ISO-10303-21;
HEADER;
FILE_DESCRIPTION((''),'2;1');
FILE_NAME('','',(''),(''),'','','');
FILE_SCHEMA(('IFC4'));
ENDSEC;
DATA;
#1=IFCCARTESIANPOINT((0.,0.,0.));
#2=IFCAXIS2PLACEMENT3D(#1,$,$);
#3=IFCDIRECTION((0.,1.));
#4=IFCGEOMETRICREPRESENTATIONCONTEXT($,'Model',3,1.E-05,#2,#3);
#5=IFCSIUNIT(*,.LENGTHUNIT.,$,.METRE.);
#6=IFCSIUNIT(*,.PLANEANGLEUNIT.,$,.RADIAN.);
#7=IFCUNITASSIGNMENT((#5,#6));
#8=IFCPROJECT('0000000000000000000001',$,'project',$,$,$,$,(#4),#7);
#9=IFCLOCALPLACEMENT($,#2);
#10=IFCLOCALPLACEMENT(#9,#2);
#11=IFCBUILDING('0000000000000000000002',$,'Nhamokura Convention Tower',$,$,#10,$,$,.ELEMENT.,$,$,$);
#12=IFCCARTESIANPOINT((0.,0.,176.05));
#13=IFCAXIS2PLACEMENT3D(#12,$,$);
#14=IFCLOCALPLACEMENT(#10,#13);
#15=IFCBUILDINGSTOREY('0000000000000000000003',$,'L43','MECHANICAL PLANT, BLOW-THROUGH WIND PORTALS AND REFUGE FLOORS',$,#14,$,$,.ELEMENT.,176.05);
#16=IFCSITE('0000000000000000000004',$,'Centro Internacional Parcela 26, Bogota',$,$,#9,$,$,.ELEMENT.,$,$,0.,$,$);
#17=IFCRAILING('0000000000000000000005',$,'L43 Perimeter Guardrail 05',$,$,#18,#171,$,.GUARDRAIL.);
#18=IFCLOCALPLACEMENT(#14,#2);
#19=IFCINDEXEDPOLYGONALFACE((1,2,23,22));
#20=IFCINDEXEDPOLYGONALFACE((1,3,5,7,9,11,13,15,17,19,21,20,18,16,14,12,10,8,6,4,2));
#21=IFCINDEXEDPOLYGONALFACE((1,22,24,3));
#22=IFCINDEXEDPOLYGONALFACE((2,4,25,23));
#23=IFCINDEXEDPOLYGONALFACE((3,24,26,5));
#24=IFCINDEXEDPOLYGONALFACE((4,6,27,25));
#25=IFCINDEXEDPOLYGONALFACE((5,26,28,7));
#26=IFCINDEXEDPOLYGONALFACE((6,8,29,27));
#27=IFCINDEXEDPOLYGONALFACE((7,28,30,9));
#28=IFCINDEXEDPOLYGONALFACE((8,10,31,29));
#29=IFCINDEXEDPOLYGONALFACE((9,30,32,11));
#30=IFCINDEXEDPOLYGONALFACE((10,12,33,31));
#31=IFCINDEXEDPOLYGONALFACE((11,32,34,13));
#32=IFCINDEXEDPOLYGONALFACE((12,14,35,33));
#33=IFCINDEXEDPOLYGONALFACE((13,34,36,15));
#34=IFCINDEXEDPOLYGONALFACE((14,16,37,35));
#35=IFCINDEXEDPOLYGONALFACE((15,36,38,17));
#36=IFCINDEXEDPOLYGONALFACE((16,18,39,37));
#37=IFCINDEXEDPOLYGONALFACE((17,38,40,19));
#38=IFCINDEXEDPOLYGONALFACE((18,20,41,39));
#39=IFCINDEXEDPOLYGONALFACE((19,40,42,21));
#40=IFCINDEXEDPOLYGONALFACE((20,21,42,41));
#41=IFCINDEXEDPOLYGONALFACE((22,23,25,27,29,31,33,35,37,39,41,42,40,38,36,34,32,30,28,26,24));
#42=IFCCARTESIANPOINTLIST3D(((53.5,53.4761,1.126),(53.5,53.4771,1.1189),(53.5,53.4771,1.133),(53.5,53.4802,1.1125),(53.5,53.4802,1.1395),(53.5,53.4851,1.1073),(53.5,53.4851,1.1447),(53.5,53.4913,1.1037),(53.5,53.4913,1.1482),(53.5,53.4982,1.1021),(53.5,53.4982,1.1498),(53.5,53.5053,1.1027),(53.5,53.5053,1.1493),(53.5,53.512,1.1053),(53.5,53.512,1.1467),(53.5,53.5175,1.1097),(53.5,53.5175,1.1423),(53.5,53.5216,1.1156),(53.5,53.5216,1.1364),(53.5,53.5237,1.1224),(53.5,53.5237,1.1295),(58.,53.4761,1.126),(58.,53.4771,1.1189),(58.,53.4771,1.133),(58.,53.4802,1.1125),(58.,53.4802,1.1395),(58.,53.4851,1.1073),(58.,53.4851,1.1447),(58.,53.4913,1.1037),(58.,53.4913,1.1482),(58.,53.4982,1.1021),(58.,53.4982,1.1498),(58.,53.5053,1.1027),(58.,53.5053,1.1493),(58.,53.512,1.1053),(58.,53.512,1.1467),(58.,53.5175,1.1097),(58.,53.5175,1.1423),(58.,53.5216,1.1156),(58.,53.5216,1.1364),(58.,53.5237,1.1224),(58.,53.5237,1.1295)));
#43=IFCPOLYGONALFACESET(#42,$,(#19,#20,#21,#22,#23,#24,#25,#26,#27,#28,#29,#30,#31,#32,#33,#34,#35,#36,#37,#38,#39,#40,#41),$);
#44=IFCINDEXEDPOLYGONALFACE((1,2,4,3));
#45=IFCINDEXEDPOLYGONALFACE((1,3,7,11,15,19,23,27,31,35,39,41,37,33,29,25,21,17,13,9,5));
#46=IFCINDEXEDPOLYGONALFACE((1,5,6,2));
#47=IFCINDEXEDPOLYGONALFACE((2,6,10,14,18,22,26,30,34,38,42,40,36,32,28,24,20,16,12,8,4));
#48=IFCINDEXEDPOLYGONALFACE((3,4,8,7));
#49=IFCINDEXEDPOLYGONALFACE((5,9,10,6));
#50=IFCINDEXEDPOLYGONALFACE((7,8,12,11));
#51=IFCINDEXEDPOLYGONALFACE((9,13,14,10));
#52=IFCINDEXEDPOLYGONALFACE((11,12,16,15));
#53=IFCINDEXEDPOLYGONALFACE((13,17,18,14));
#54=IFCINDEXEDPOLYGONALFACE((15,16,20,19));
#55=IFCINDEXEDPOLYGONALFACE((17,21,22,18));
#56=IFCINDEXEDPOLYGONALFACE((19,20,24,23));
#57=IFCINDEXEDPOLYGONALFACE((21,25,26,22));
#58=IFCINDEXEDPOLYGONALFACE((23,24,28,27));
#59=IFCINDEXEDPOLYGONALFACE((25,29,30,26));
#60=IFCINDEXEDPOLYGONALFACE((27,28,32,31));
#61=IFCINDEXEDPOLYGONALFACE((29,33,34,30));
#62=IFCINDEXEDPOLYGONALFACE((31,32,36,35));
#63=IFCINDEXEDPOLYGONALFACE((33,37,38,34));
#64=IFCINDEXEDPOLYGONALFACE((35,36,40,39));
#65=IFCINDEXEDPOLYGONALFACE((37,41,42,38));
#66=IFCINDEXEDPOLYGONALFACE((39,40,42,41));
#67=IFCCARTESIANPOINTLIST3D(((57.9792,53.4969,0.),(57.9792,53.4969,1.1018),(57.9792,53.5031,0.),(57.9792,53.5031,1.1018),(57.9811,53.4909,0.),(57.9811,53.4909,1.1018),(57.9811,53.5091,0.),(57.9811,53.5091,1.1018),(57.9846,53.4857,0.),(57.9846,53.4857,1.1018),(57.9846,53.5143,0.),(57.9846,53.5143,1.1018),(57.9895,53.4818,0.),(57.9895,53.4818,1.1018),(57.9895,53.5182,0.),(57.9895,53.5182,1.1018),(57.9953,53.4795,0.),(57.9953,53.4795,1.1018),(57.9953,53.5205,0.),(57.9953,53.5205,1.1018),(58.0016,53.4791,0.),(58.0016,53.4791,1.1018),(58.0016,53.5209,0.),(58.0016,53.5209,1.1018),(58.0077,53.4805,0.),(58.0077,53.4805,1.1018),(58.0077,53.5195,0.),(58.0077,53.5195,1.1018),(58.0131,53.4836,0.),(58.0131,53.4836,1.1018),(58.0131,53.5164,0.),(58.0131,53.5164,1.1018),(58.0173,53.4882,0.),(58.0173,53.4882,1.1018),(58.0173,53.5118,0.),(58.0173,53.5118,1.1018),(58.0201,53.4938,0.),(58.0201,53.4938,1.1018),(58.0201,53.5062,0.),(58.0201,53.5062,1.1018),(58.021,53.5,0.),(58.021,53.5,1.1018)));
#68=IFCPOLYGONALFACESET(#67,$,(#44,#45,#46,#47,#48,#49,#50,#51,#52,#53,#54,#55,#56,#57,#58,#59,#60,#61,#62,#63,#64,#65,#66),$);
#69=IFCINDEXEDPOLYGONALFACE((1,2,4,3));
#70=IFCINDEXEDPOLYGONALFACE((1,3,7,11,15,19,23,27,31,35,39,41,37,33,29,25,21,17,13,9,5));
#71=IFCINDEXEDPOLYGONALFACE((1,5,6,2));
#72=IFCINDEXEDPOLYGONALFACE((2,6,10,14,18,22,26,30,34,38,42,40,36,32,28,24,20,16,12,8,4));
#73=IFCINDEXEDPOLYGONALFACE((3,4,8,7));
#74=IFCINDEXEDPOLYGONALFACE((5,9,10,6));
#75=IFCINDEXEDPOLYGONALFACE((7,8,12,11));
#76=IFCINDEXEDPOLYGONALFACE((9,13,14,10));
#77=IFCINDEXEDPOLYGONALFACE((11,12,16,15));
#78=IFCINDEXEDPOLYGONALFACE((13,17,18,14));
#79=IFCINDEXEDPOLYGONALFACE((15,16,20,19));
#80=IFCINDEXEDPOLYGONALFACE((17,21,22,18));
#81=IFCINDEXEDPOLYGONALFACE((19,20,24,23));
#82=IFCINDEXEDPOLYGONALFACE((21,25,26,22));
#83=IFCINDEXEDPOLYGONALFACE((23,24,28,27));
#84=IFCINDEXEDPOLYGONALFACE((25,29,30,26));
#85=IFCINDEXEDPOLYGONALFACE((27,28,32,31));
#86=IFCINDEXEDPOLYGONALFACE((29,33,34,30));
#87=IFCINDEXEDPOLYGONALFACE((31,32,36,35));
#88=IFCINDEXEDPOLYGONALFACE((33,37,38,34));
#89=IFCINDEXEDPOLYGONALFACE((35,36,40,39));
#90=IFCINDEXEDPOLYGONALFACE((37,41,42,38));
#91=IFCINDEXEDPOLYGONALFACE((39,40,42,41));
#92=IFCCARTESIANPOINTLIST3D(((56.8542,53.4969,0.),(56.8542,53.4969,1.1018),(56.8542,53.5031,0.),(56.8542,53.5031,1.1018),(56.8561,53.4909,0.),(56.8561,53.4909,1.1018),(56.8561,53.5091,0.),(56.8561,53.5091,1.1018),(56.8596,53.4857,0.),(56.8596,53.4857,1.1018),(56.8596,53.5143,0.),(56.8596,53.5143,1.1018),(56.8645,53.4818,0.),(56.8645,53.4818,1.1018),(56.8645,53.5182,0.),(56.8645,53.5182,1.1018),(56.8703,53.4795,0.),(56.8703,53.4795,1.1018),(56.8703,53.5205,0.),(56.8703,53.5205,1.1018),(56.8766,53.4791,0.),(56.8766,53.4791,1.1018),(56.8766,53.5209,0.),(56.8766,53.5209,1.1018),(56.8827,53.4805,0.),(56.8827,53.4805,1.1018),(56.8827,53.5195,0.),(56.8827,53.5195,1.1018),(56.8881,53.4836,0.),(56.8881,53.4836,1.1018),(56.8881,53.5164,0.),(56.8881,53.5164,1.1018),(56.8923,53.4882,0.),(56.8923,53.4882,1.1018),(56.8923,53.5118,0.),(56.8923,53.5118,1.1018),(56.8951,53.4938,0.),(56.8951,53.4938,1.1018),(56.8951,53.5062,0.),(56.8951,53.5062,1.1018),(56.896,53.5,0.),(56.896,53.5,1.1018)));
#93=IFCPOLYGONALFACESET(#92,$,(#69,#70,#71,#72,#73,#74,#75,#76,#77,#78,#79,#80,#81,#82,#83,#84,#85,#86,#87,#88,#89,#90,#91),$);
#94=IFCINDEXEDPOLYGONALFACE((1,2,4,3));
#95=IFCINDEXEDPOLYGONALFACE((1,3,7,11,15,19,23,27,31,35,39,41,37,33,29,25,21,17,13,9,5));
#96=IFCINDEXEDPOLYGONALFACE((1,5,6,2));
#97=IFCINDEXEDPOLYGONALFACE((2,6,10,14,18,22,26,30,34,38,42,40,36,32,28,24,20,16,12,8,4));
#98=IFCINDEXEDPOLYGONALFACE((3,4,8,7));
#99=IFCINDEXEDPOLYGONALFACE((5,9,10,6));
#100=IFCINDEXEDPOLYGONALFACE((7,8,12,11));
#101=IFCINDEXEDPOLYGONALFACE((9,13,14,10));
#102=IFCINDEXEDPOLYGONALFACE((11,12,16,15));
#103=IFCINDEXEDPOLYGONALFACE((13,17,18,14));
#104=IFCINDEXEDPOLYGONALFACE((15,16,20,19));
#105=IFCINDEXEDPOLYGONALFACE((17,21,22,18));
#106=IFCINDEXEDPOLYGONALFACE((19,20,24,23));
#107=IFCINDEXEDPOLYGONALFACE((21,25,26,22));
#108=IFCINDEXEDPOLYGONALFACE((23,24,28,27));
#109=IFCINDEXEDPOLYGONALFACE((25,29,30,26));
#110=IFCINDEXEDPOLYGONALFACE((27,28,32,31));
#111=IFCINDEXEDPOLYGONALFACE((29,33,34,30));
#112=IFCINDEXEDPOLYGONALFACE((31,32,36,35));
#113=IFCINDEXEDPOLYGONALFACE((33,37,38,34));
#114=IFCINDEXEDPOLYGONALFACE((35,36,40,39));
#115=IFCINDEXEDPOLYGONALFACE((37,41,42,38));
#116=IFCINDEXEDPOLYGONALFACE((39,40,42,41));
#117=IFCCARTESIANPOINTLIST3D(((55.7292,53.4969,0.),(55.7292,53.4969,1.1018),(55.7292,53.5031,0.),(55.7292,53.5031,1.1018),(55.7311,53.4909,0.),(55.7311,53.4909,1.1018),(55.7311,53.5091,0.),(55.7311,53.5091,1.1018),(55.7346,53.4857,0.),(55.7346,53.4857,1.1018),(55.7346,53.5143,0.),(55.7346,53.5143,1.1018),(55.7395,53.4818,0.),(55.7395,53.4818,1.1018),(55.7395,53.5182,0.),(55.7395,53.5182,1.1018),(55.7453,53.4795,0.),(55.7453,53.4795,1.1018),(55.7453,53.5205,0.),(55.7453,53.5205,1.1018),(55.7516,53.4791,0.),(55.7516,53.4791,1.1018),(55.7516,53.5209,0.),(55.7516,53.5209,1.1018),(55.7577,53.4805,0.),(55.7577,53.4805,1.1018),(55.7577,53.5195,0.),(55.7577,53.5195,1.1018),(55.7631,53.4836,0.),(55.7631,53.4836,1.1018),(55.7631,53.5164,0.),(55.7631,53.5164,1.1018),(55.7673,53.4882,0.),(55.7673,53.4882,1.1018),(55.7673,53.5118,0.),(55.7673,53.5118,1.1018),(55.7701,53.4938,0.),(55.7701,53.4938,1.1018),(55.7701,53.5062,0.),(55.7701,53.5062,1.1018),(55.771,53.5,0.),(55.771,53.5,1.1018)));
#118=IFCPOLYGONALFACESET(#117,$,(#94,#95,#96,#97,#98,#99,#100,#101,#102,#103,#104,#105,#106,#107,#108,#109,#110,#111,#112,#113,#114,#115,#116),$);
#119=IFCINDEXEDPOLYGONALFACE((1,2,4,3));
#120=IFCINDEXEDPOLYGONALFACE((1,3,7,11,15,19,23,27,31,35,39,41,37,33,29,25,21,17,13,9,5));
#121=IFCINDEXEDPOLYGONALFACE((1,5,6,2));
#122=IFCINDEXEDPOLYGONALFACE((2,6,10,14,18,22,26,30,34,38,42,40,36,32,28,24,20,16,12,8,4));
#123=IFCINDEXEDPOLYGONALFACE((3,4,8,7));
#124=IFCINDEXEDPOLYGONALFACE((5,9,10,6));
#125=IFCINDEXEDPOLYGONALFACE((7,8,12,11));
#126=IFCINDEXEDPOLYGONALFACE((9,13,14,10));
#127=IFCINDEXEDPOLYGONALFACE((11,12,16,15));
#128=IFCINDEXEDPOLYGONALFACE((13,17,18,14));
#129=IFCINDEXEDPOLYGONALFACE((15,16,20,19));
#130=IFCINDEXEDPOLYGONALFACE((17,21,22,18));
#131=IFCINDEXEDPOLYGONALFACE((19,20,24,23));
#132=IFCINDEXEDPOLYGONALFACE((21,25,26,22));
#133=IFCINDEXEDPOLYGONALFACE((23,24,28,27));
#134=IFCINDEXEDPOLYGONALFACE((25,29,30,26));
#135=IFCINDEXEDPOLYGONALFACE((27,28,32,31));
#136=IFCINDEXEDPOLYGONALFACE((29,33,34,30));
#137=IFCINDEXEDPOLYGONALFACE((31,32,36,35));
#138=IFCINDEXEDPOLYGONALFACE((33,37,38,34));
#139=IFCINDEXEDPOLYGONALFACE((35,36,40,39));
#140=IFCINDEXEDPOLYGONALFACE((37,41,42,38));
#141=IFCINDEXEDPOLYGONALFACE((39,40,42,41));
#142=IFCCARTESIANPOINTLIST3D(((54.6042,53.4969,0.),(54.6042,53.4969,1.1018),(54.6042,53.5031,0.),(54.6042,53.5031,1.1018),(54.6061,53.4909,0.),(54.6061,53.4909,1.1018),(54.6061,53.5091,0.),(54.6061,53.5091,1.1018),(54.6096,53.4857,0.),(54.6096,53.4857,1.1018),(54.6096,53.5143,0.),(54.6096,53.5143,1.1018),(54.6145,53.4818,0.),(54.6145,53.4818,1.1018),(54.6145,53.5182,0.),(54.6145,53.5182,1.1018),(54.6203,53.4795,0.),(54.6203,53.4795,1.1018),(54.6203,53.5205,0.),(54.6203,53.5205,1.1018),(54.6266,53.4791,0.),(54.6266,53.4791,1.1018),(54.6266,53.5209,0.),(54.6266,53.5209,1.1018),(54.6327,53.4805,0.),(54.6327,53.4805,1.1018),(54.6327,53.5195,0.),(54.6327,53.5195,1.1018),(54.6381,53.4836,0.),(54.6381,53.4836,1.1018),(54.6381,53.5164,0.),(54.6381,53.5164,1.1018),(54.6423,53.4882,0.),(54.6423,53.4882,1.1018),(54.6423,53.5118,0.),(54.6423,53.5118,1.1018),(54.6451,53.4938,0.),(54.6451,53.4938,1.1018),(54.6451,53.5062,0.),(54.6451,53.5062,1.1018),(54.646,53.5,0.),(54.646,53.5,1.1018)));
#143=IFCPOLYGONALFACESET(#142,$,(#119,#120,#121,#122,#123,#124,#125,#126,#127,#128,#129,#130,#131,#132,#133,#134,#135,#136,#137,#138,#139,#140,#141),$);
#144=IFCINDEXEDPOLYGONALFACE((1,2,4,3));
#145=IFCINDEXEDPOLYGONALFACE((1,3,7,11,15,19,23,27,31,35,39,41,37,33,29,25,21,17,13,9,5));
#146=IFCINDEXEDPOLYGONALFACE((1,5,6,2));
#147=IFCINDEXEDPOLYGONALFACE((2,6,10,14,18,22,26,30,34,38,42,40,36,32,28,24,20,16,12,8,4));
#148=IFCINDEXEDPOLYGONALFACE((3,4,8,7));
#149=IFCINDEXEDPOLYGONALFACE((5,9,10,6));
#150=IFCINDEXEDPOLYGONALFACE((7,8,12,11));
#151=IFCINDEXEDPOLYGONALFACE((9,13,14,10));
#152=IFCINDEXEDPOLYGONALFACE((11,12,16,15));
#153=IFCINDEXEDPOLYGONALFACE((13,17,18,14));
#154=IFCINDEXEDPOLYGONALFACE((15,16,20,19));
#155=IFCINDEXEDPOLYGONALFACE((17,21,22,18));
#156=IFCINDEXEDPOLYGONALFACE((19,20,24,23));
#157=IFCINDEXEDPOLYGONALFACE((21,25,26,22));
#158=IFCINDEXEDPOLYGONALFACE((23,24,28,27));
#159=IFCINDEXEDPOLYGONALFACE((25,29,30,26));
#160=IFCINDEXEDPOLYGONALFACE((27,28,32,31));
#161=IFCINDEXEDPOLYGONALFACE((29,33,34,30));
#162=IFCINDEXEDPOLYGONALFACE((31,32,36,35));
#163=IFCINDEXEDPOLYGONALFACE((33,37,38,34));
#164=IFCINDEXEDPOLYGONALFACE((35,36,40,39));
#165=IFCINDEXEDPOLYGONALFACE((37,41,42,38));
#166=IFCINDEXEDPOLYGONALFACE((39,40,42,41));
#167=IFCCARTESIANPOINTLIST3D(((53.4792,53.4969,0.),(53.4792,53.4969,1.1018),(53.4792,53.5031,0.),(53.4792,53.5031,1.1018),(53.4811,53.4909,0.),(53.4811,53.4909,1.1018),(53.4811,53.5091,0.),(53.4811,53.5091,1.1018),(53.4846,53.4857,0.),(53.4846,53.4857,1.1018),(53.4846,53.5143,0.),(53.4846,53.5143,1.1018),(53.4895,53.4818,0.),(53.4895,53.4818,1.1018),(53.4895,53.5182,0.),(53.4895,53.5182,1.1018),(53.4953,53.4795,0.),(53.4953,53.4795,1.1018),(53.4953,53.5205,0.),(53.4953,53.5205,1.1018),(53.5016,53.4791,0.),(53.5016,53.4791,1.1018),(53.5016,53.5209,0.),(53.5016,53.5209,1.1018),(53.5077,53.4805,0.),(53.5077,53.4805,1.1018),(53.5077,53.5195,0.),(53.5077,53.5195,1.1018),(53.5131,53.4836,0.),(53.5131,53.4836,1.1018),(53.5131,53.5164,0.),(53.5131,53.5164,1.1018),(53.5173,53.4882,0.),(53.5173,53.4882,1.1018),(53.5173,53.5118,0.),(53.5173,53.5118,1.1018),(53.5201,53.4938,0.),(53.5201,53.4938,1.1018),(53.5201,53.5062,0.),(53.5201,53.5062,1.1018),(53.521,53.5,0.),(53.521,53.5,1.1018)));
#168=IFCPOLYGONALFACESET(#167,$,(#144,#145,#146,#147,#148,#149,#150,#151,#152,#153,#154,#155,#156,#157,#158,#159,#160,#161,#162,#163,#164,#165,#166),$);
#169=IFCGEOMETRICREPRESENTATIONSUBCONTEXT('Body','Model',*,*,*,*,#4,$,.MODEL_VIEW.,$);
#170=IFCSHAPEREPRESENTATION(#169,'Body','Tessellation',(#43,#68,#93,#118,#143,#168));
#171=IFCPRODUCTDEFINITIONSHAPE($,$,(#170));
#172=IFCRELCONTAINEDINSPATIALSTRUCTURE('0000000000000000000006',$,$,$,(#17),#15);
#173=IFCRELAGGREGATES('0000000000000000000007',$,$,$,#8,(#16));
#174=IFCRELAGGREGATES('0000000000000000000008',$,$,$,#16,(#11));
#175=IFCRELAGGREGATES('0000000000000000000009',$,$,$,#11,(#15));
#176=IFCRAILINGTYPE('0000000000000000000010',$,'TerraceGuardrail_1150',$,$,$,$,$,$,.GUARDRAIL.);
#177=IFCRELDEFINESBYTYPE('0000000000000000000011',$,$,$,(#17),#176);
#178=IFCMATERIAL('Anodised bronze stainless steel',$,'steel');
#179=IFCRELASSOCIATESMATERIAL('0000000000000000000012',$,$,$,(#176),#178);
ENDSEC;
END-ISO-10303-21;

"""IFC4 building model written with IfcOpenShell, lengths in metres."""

from ifc_helpers import new_model, si_unit, direction, frame, origin, origin_2d, place, context, subcontext, project, spatial, circle, extrude, material, type_object, element, save


model = new_model("IFC4")

# Units and contexts
model_context = context("Model", 3, precision=1e-05, world=origin(), true_north=direction((0.0, 1.0)))
body_context = subcontext(model_context, "Body", "Model", "MODEL_VIEW")
ifc_project = project(units=[si_unit("LENGTHUNIT", "METRE"), si_unit("PLANEANGLEUNIT", "RADIAN")], contexts=[model_context])

# Site, building, storey
site_placement = place(None, origin())
site = spatial("IfcSite", under=ifc_project, at=site_placement, Name="Centro Internacional Parcela 26, Bogota", CompositionType="ELEMENT", RefElevation=0.0)
building_placement = place(site_placement, origin())
building = spatial("IfcBuilding", under=site, at=building_placement, Name="Nhamokura Convention Tower", CompositionType="ELEMENT")
storey_placement = place(building_placement, frame((0.0, 0.0, 176.05)))
storey = spatial("IfcBuildingStorey", under=building, at=storey_placement, Name="L43", Description="MECHANICAL PLANT, BLOW-THROUGH WIND PORTALS AND REFUGE FLOORS", CompositionType="ELEMENT", Elevation=176.05)

# Railing
ifc_material_1 = material(Name="Anodised bronze stainless steel", Category="steel")
railing_type = type_object("IfcRailingType", Name="TerraceGuardrail_1150", PredefinedType="GUARDRAIL", material=ifc_material_1)
railing_1_placement = place(storey_placement, frame((58.0, 53.5, 0.0)))
element("IfcRailing", 1, at=railing_1_placement, inside=storey, type_object=railing_type, Name="L43 Perimeter Guardrail 05", PredefinedType="GUARDRAIL", context=body_context, shape_type="SweptSolid", body=[
    extrude(circle(Radius=0.0239, at=origin_2d()), frame((0.0, 0.0, 1.126), z_axis=(-1.0, 0.0, 0.0), x_axis=(0.0, -1.0, 0.0)), (0.0, 0.0, 1.0), 4.5),
    extrude(circle(Radius=0.021, at=origin_2d()), origin(), (0.0, 0.0, 1.0), 1.1018),
    extrude(circle(Radius=0.021, at=origin_2d()), frame((-1.125, 0.0, 0.0)), (0.0, 0.0, 1.0), 1.1018),
    extrude(circle(Radius=0.021, at=origin_2d()), frame((-2.25, 0.0, 0.0)), (0.0, 0.0, 1.0), 1.1018),
    extrude(circle(Radius=0.021, at=origin_2d()), frame((-3.375, 0.0, 0.0)), (0.0, 0.0, 1.0), 1.1018),
    extrude(circle(Radius=0.021, at=origin_2d()), frame((-4.5, 0.0, 0.0)), (0.0, 0.0, 1.0), 1.1018),
])

save(model, "model.ifc")
